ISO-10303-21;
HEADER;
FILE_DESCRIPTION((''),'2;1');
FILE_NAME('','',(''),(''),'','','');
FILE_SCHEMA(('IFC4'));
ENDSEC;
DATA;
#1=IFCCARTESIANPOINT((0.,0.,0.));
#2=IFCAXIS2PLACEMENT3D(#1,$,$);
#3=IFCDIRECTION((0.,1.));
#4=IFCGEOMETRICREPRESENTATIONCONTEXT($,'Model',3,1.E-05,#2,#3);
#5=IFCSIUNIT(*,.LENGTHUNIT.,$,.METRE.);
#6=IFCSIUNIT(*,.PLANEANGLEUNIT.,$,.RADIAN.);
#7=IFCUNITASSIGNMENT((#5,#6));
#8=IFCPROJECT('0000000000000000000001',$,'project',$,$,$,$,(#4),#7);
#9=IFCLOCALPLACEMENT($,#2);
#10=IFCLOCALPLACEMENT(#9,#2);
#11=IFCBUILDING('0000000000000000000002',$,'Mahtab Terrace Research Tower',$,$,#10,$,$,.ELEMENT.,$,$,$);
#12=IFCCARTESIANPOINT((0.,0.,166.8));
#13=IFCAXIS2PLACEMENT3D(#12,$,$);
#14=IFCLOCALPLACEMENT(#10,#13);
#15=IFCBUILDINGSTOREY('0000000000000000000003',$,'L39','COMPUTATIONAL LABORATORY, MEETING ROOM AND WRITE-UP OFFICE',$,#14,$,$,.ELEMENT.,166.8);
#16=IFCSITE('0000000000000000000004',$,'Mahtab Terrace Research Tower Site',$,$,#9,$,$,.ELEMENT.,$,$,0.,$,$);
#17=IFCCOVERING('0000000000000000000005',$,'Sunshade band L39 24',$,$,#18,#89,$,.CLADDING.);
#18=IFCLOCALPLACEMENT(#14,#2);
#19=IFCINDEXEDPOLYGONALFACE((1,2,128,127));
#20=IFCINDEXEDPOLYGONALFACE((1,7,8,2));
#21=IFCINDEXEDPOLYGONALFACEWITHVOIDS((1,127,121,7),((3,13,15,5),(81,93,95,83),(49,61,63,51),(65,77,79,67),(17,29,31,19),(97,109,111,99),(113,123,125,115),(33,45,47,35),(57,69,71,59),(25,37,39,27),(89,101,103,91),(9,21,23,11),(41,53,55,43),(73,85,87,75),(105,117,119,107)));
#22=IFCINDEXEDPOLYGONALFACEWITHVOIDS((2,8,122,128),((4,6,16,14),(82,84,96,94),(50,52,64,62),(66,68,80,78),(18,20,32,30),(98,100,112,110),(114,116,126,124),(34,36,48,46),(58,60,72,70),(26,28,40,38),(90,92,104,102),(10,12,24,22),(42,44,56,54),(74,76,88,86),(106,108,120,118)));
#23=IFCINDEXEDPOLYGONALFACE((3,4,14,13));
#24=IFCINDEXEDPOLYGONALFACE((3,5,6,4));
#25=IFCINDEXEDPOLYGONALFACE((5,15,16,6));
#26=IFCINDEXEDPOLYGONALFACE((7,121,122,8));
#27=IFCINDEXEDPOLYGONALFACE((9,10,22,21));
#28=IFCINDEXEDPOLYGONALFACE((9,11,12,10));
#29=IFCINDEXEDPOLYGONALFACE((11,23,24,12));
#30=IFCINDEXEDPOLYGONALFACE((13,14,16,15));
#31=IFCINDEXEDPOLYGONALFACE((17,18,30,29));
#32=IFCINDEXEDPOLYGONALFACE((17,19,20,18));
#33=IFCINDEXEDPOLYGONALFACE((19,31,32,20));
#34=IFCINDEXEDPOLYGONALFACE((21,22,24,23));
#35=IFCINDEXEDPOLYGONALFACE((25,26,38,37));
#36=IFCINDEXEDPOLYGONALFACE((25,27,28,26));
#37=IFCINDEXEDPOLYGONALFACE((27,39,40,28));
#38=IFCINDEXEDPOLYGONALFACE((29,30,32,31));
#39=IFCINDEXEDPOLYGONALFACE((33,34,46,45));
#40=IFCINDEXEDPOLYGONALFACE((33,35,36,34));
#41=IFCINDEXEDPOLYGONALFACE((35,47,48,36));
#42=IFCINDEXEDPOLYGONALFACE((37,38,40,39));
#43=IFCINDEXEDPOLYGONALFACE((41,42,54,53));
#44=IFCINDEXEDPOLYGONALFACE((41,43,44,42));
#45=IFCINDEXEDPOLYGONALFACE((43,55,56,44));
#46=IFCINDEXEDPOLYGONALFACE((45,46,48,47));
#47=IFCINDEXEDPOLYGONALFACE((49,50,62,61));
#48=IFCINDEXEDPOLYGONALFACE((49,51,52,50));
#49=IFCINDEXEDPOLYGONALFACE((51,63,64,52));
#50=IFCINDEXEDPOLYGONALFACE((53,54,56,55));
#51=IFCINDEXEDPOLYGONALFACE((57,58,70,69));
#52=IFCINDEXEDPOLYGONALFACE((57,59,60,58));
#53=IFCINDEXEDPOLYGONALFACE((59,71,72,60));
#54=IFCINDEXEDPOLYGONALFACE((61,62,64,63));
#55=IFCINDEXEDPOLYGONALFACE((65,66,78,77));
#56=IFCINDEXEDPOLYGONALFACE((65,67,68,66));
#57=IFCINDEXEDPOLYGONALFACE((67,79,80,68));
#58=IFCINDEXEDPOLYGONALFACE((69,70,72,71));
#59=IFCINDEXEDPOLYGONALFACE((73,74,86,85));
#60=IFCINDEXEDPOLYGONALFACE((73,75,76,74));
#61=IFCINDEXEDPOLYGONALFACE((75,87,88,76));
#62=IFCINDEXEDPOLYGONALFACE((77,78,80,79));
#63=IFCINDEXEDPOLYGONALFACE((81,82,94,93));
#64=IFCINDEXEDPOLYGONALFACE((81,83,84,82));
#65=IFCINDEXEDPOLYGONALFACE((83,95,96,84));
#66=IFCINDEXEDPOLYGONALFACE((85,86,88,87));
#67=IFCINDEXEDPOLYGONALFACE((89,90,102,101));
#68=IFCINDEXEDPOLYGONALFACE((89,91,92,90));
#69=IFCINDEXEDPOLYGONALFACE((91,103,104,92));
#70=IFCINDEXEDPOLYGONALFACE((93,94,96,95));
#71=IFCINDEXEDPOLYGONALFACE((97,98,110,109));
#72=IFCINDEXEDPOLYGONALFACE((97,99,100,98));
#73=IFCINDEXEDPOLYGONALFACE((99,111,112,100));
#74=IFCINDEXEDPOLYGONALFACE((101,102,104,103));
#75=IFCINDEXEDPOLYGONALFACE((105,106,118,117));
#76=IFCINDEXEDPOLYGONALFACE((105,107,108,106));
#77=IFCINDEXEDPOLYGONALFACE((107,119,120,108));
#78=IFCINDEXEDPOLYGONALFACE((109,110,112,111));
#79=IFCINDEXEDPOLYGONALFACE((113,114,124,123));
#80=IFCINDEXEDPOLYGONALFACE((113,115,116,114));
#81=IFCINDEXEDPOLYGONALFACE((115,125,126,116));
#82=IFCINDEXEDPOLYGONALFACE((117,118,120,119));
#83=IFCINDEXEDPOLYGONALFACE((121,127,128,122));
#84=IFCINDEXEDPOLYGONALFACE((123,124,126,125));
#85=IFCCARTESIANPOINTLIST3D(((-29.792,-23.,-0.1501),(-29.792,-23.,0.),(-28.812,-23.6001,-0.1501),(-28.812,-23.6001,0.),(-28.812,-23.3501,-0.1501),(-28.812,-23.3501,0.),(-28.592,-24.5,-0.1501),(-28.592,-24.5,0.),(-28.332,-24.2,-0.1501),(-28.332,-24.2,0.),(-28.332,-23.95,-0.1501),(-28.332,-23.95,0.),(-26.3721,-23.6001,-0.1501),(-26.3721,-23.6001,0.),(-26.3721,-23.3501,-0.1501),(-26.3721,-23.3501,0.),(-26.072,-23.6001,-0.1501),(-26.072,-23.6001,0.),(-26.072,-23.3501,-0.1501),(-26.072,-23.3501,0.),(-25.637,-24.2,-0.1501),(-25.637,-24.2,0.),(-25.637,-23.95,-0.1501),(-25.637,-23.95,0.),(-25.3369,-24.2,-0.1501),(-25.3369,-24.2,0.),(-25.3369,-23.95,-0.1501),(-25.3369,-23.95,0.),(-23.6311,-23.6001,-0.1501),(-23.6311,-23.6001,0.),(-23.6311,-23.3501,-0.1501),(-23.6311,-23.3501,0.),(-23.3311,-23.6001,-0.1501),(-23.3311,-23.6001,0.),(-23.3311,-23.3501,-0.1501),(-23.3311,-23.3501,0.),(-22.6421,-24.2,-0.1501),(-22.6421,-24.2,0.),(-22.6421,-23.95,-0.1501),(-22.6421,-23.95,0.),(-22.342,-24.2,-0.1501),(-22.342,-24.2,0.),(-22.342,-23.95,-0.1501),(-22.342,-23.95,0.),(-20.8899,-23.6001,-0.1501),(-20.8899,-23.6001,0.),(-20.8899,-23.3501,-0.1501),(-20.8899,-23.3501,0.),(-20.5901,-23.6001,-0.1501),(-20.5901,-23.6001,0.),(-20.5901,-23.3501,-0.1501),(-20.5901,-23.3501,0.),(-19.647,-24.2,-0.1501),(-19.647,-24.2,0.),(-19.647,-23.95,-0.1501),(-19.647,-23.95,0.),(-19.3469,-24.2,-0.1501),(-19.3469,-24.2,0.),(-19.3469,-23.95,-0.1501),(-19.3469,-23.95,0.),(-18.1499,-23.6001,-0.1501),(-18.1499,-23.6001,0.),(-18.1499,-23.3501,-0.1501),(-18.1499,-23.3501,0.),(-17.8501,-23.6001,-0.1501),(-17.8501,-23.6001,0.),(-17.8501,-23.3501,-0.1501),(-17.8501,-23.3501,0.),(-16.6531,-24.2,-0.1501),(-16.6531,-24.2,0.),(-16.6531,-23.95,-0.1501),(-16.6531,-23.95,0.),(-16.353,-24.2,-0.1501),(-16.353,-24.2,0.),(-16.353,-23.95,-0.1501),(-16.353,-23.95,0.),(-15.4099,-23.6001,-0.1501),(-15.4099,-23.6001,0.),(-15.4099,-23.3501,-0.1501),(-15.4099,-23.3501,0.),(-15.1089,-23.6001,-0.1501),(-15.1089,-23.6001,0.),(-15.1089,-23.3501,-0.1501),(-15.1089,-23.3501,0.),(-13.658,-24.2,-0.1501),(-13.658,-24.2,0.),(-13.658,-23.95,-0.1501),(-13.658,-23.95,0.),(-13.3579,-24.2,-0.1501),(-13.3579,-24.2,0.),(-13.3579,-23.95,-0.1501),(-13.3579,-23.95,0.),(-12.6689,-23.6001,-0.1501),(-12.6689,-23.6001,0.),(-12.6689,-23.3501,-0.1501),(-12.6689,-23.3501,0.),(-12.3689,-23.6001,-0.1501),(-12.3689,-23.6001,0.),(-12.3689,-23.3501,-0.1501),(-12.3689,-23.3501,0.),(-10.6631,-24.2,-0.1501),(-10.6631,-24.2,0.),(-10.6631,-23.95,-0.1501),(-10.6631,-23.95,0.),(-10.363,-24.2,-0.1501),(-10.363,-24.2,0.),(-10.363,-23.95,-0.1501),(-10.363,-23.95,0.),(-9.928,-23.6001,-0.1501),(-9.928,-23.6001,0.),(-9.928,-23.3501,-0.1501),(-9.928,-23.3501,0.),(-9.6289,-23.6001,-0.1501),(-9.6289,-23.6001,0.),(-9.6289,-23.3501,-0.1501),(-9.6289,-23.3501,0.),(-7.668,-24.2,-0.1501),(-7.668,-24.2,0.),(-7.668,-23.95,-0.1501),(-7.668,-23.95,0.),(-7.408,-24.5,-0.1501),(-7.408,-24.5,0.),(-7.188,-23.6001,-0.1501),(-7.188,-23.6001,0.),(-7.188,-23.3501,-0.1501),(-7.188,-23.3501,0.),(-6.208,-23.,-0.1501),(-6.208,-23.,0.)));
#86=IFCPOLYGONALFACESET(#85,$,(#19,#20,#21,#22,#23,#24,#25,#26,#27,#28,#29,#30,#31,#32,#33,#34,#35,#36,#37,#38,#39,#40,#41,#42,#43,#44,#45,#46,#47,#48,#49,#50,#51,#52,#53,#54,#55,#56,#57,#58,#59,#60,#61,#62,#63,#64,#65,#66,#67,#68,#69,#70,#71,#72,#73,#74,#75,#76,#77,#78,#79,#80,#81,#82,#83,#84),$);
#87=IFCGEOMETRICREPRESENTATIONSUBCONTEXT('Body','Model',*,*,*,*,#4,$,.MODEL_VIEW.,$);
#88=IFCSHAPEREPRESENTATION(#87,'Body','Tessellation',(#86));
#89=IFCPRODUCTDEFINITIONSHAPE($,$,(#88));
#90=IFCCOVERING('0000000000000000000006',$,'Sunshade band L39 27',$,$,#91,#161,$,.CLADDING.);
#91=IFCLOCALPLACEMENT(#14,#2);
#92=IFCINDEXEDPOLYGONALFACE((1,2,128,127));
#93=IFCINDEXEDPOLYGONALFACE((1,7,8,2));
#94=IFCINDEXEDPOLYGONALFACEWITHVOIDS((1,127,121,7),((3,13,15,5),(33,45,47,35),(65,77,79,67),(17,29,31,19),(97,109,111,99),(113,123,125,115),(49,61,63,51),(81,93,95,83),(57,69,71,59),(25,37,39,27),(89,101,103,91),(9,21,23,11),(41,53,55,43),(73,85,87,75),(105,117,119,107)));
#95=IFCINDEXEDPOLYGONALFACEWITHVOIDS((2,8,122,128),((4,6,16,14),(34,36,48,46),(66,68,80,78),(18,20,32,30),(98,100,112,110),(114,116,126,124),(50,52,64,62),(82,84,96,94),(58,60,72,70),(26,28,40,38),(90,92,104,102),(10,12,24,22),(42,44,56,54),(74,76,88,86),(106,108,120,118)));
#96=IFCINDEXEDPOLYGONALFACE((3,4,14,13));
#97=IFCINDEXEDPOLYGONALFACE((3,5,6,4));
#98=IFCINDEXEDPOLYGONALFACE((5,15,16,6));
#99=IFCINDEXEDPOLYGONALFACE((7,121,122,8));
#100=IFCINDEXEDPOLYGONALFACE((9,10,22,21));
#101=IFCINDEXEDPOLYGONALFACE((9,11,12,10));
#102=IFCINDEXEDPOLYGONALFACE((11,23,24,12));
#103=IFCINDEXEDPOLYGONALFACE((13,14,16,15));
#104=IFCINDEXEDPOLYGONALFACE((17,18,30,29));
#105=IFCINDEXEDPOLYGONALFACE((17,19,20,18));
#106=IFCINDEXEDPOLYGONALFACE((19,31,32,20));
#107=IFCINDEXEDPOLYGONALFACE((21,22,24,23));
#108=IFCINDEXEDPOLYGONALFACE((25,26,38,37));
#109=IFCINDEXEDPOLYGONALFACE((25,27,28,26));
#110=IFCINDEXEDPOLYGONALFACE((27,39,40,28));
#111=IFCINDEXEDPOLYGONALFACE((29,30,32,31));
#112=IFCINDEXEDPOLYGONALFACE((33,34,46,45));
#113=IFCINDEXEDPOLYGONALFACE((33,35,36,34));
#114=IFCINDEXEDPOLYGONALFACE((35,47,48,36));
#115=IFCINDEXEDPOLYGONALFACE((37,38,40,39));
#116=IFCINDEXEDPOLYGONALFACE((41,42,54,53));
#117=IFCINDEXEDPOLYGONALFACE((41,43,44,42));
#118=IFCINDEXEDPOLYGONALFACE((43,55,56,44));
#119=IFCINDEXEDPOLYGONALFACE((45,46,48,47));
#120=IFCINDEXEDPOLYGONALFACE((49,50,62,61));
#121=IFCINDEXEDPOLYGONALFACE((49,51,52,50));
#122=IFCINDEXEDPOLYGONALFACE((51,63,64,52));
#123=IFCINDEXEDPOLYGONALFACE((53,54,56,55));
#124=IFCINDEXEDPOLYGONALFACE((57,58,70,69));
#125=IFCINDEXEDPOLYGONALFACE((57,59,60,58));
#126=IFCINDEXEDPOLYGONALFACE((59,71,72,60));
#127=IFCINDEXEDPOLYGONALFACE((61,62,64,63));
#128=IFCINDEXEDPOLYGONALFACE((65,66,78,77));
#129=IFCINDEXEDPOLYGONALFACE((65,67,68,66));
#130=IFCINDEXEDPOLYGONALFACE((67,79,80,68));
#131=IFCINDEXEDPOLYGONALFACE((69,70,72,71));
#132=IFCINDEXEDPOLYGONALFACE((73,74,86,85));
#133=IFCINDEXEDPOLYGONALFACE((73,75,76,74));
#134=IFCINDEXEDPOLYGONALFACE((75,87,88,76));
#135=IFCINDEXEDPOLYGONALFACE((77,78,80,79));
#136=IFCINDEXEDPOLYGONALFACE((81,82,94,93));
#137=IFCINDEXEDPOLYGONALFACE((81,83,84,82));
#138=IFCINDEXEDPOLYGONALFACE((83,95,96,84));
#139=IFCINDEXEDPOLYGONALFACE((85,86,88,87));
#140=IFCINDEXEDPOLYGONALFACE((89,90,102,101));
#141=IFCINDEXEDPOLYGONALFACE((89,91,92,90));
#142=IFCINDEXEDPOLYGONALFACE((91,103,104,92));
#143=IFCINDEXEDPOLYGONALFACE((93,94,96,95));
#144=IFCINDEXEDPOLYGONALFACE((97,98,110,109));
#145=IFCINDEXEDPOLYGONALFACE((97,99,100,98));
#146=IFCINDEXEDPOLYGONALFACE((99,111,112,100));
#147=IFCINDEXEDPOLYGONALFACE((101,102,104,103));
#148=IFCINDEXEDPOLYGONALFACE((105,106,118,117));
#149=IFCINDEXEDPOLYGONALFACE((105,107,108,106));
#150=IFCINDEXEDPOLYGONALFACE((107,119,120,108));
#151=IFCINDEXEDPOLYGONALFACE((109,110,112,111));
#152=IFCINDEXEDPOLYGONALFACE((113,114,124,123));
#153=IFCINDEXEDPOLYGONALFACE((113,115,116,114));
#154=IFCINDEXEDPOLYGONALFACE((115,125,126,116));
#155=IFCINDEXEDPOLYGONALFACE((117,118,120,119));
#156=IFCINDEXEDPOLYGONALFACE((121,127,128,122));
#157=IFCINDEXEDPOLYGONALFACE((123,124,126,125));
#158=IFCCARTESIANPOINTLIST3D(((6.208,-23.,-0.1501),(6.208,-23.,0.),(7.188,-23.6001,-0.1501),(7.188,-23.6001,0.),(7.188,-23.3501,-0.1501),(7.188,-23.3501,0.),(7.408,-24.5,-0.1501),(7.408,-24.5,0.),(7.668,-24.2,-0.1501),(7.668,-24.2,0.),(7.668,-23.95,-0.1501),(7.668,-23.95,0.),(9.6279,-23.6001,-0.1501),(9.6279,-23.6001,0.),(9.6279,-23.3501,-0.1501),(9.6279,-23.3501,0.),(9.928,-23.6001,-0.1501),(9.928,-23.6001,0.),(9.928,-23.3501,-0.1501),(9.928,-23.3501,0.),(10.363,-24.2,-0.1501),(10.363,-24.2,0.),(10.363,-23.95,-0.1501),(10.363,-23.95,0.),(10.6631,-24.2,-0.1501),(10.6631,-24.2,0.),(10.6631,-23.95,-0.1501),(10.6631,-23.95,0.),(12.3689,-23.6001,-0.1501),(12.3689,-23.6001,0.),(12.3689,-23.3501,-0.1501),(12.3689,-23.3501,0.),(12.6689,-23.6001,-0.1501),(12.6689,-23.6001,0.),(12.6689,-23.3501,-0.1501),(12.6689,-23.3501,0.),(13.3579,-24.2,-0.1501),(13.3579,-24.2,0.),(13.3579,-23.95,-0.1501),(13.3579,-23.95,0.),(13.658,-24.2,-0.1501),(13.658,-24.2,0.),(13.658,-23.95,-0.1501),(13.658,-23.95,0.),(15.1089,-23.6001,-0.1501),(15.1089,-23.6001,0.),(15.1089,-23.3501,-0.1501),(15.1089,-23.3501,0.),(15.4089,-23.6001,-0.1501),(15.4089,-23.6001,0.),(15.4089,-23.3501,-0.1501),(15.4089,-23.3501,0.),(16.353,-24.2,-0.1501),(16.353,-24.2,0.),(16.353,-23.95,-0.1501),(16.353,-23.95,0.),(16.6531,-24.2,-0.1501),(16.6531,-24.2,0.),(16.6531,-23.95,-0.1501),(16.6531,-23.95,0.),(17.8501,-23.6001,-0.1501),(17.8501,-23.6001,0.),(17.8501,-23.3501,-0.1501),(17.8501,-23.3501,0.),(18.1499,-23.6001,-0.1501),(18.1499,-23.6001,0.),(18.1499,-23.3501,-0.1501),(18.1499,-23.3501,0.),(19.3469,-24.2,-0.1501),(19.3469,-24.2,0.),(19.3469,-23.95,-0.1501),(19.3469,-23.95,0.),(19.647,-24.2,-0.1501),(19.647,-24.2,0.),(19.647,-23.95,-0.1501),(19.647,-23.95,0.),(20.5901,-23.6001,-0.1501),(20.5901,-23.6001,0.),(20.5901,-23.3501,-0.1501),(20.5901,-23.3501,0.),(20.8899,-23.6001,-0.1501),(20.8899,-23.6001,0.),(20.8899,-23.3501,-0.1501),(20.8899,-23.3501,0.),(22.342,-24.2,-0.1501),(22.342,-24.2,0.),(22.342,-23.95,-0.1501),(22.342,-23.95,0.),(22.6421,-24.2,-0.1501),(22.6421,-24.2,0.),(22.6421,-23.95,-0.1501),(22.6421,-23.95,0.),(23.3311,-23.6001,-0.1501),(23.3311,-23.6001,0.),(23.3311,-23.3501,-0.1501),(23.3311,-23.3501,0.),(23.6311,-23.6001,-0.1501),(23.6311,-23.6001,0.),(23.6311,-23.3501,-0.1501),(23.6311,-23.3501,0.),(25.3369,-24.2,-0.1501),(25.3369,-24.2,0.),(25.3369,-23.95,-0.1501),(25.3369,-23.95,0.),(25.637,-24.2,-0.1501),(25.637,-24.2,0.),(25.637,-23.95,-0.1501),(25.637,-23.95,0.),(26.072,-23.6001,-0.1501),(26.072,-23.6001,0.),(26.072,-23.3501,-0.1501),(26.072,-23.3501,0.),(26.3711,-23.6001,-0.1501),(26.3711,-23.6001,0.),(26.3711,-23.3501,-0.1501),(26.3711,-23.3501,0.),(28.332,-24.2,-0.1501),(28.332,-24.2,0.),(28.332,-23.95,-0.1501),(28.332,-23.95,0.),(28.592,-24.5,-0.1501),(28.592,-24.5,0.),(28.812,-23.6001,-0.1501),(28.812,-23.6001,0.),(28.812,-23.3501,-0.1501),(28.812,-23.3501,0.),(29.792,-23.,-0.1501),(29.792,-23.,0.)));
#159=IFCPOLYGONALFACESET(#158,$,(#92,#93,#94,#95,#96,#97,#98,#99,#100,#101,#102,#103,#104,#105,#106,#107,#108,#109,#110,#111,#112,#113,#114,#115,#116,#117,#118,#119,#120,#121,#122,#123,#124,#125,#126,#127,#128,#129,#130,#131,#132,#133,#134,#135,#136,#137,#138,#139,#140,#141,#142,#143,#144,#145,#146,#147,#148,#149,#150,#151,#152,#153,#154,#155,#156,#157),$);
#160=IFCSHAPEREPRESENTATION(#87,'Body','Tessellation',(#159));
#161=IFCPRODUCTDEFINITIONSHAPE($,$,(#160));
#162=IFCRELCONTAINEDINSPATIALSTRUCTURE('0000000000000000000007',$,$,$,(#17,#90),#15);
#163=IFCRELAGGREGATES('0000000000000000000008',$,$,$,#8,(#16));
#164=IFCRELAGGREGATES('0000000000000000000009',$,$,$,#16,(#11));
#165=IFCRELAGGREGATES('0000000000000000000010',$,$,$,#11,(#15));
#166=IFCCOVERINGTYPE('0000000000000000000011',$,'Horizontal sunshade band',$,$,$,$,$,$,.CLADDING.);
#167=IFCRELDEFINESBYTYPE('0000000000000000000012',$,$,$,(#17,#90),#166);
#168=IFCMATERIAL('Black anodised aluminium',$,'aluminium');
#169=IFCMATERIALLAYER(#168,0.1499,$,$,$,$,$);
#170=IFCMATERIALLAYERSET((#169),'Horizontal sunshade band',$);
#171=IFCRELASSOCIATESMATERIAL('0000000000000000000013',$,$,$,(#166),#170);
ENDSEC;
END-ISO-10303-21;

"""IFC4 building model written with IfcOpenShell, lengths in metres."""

from ifc_helpers import new_model, si_unit, direction, frame, origin, place, context, subcontext, project, spatial, polyline, outline, extrude, material, layer, layer_set, type_object, element, save


model = new_model("IFC4")

# Units and contexts
model_context = context("Model", 3, precision=1e-05, world=origin(), true_north=direction((0.0, 1.0)))
body_context = subcontext(model_context, "Body", "Model", "MODEL_VIEW")
ifc_project = project(units=[si_unit("LENGTHUNIT", "METRE"), si_unit("PLANEANGLEUNIT", "RADIAN")], contexts=[model_context])

# Site, building, storey
site_placement = place(None, origin())
site = spatial("IfcSite", under=ifc_project, at=site_placement, Name="Mahtab Terrace Research Tower Site", CompositionType="ELEMENT", RefElevation=0.0)
building_placement = place(site_placement, origin())
building = spatial("IfcBuilding", under=site, at=building_placement, Name="Mahtab Terrace Research Tower", CompositionType="ELEMENT")
storey_placement = place(building_placement, frame((0.0, 0.0, 166.8)))
storey = spatial("IfcBuildingStorey", under=building, at=storey_placement, Name="L39", Description="COMPUTATIONAL LABORATORY, MEETING ROOM AND WRITE-UP OFFICE", CompositionType="ELEMENT", Elevation=166.8)

# Coverings
ifc_material_1 = material(Name="Black anodised aluminium", Category="aluminium")
ifc_layer_1 = layer(ifc_material_1, 0.1499)
ifc_layer_set_1 = layer_set([ifc_layer_1], Name="Horizontal sunshade band")
covering_type = type_object("IfcCoveringType", Name="Horizontal sunshade band", PredefinedType="CLADDING", material=ifc_layer_set_1)
covering_1_placement = place(storey_placement, frame((0.0, 0.0, -0.1501)))
element("IfcCovering", 1, at=covering_1_placement, inside=storey, type_object=covering_type, Name="Sunshade band L39 24", PredefinedType="CLADDING", context=body_context, shape_type="SweptSolid", body=[
    extrude(outline(polyline([(-29.792, -23.0), (-6.208, -23.0), (-7.408, -24.5), (-28.592, -24.5), (-29.792, -23.0)]), holes=[polyline([(-28.812, -23.3501), (-26.3721, -23.3501), (-26.3721, -23.6001), (-28.812, -23.6001), (-28.812, -23.3501)]), polyline([(-26.072, -23.3501), (-23.6311, -23.3501), (-23.6311, -23.6001), (-26.072, -23.6001), (-26.072, -23.3501)]), polyline([(-23.3311, -23.3501), (-20.8899, -23.3501), (-20.8899, -23.6001), (-23.3311, -23.6001), (-23.3311, -23.3501)]), polyline([(-20.5901, -23.3501), (-18.1499, -23.3501), (-18.1499, -23.6001), (-20.5901, -23.6001), (-20.5901, -23.3501)]), polyline([(-17.8501, -23.3501), (-15.4099, -23.3501), (-15.4099, -23.6001), (-17.8501, -23.6001), (-17.8501, -23.3501)]), polyline([(-15.1089, -23.3501), (-12.6689, -23.3501), (-12.6689, -23.6001), (-15.1089, -23.6001), (-15.1089, -23.3501)]), polyline([(-12.3689, -23.3501), (-9.928, -23.3501), (-9.928, -23.6001), (-12.3689, -23.6001), (-12.3689, -23.3501)]), polyline([(-9.6289, -23.3501), (-7.188, -23.3501), (-7.188, -23.6001), (-9.6289, -23.6001), (-9.6289, -23.3501)]), polyline([(-28.332, -23.95), (-25.637, -23.95), (-25.637, -24.2), (-28.332, -24.2), (-28.332, -23.95)]), polyline([(-25.3369, -23.95), (-22.6421, -23.95), (-22.6421, -24.2), (-25.3369, -24.2), (-25.3369, -23.95)]), polyline([(-22.342, -23.95), (-19.647, -23.95), (-19.647, -24.2), (-22.342, -24.2), (-22.342, -23.95)]), polyline([(-19.3469, -23.95), (-16.6531, -23.95), (-16.6531, -24.2), (-19.3469, -24.2), (-19.3469, -23.95)]), polyline([(-16.353, -23.95), (-13.658, -23.95), (-13.658, -24.2), (-16.353, -24.2), (-16.353, -23.95)]), polyline([(-13.3579, -23.95), (-10.6631, -23.95), (-10.6631, -24.2), (-13.3579, -24.2), (-13.3579, -23.95)]), polyline([(-10.363, -23.95), (-7.668, -23.95), (-7.668, -24.2), (-10.363, -24.2), (-10.363, -23.95)])]), origin(), (0.0, 0.0, 1.0), 0.1501),
])
covering_2_placement = place(storey_placement, frame((0.0, 0.0, -0.1501)))
element("IfcCovering", 2, at=covering_2_placement, inside=storey, type_object=covering_type, Name="Sunshade band L39 27", PredefinedType="CLADDING", context=body_context, shape_type="SweptSolid", body=[
    extrude(outline(polyline([(6.208, -23.0), (29.792, -23.0), (28.592, -24.5), (7.408, -24.5), (6.208, -23.0)]), holes=[polyline([(7.188, -23.3501), (9.6279, -23.3501), (9.6279, -23.6001), (7.188, -23.6001), (7.188, -23.3501)]), polyline([(9.928, -23.3501), (12.3689, -23.3501), (12.3689, -23.6001), (9.928, -23.6001), (9.928, -23.3501)]), polyline([(12.6689, -23.3501), (15.1089, -23.3501), (15.1089, -23.6001), (12.6689, -23.6001), (12.6689, -23.3501)]), polyline([(15.4089, -23.3501), (17.8501, -23.3501), (17.8501, -23.6001), (15.4089, -23.6001), (15.4089, -23.3501)]), polyline([(18.1499, -23.3501), (20.5901, -23.3501), (20.5901, -23.6001), (18.1499, -23.6001), (18.1499, -23.3501)]), polyline([(20.8899, -23.3501), (23.3311, -23.3501), (23.3311, -23.6001), (20.8899, -23.6001), (20.8899, -23.3501)]), polyline([(23.6311, -23.3501), (26.072, -23.3501), (26.072, -23.6001), (23.6311, -23.6001), (23.6311, -23.3501)]), polyline([(26.3711, -23.3501), (28.812, -23.3501), (28.812, -23.6001), (26.3711, -23.6001), (26.3711, -23.3501)]), polyline([(7.668, -23.95), (10.363, -23.95), (10.363, -24.2), (7.668, -24.2), (7.668, -23.95)]), polyline([(10.6631, -23.95), (13.3579, -23.95), (13.3579, -24.2), (10.6631, -24.2), (10.6631, -23.95)]), polyline([(13.658, -23.95), (16.353, -23.95), (16.353, -24.2), (13.658, -24.2), (13.658, -23.95)]), polyline([(16.6531, -23.95), (19.3469, -23.95), (19.3469, -24.2), (16.6531, -24.2), (16.6531, -23.95)]), polyline([(19.647, -23.95), (22.342, -23.95), (22.342, -24.2), (19.647, -24.2), (19.647, -23.95)]), polyline([(22.6421, -23.95), (25.3369, -23.95), (25.3369, -24.2), (22.6421, -24.2), (22.6421, -23.95)]), polyline([(25.637, -23.95), (28.332, -23.95), (28.332, -24.2), (25.637, -24.2), (25.637, -23.95)])]), origin(), (0.0, 0.0, 1.0), 0.1501),
])

save(model, "model.ifc")
